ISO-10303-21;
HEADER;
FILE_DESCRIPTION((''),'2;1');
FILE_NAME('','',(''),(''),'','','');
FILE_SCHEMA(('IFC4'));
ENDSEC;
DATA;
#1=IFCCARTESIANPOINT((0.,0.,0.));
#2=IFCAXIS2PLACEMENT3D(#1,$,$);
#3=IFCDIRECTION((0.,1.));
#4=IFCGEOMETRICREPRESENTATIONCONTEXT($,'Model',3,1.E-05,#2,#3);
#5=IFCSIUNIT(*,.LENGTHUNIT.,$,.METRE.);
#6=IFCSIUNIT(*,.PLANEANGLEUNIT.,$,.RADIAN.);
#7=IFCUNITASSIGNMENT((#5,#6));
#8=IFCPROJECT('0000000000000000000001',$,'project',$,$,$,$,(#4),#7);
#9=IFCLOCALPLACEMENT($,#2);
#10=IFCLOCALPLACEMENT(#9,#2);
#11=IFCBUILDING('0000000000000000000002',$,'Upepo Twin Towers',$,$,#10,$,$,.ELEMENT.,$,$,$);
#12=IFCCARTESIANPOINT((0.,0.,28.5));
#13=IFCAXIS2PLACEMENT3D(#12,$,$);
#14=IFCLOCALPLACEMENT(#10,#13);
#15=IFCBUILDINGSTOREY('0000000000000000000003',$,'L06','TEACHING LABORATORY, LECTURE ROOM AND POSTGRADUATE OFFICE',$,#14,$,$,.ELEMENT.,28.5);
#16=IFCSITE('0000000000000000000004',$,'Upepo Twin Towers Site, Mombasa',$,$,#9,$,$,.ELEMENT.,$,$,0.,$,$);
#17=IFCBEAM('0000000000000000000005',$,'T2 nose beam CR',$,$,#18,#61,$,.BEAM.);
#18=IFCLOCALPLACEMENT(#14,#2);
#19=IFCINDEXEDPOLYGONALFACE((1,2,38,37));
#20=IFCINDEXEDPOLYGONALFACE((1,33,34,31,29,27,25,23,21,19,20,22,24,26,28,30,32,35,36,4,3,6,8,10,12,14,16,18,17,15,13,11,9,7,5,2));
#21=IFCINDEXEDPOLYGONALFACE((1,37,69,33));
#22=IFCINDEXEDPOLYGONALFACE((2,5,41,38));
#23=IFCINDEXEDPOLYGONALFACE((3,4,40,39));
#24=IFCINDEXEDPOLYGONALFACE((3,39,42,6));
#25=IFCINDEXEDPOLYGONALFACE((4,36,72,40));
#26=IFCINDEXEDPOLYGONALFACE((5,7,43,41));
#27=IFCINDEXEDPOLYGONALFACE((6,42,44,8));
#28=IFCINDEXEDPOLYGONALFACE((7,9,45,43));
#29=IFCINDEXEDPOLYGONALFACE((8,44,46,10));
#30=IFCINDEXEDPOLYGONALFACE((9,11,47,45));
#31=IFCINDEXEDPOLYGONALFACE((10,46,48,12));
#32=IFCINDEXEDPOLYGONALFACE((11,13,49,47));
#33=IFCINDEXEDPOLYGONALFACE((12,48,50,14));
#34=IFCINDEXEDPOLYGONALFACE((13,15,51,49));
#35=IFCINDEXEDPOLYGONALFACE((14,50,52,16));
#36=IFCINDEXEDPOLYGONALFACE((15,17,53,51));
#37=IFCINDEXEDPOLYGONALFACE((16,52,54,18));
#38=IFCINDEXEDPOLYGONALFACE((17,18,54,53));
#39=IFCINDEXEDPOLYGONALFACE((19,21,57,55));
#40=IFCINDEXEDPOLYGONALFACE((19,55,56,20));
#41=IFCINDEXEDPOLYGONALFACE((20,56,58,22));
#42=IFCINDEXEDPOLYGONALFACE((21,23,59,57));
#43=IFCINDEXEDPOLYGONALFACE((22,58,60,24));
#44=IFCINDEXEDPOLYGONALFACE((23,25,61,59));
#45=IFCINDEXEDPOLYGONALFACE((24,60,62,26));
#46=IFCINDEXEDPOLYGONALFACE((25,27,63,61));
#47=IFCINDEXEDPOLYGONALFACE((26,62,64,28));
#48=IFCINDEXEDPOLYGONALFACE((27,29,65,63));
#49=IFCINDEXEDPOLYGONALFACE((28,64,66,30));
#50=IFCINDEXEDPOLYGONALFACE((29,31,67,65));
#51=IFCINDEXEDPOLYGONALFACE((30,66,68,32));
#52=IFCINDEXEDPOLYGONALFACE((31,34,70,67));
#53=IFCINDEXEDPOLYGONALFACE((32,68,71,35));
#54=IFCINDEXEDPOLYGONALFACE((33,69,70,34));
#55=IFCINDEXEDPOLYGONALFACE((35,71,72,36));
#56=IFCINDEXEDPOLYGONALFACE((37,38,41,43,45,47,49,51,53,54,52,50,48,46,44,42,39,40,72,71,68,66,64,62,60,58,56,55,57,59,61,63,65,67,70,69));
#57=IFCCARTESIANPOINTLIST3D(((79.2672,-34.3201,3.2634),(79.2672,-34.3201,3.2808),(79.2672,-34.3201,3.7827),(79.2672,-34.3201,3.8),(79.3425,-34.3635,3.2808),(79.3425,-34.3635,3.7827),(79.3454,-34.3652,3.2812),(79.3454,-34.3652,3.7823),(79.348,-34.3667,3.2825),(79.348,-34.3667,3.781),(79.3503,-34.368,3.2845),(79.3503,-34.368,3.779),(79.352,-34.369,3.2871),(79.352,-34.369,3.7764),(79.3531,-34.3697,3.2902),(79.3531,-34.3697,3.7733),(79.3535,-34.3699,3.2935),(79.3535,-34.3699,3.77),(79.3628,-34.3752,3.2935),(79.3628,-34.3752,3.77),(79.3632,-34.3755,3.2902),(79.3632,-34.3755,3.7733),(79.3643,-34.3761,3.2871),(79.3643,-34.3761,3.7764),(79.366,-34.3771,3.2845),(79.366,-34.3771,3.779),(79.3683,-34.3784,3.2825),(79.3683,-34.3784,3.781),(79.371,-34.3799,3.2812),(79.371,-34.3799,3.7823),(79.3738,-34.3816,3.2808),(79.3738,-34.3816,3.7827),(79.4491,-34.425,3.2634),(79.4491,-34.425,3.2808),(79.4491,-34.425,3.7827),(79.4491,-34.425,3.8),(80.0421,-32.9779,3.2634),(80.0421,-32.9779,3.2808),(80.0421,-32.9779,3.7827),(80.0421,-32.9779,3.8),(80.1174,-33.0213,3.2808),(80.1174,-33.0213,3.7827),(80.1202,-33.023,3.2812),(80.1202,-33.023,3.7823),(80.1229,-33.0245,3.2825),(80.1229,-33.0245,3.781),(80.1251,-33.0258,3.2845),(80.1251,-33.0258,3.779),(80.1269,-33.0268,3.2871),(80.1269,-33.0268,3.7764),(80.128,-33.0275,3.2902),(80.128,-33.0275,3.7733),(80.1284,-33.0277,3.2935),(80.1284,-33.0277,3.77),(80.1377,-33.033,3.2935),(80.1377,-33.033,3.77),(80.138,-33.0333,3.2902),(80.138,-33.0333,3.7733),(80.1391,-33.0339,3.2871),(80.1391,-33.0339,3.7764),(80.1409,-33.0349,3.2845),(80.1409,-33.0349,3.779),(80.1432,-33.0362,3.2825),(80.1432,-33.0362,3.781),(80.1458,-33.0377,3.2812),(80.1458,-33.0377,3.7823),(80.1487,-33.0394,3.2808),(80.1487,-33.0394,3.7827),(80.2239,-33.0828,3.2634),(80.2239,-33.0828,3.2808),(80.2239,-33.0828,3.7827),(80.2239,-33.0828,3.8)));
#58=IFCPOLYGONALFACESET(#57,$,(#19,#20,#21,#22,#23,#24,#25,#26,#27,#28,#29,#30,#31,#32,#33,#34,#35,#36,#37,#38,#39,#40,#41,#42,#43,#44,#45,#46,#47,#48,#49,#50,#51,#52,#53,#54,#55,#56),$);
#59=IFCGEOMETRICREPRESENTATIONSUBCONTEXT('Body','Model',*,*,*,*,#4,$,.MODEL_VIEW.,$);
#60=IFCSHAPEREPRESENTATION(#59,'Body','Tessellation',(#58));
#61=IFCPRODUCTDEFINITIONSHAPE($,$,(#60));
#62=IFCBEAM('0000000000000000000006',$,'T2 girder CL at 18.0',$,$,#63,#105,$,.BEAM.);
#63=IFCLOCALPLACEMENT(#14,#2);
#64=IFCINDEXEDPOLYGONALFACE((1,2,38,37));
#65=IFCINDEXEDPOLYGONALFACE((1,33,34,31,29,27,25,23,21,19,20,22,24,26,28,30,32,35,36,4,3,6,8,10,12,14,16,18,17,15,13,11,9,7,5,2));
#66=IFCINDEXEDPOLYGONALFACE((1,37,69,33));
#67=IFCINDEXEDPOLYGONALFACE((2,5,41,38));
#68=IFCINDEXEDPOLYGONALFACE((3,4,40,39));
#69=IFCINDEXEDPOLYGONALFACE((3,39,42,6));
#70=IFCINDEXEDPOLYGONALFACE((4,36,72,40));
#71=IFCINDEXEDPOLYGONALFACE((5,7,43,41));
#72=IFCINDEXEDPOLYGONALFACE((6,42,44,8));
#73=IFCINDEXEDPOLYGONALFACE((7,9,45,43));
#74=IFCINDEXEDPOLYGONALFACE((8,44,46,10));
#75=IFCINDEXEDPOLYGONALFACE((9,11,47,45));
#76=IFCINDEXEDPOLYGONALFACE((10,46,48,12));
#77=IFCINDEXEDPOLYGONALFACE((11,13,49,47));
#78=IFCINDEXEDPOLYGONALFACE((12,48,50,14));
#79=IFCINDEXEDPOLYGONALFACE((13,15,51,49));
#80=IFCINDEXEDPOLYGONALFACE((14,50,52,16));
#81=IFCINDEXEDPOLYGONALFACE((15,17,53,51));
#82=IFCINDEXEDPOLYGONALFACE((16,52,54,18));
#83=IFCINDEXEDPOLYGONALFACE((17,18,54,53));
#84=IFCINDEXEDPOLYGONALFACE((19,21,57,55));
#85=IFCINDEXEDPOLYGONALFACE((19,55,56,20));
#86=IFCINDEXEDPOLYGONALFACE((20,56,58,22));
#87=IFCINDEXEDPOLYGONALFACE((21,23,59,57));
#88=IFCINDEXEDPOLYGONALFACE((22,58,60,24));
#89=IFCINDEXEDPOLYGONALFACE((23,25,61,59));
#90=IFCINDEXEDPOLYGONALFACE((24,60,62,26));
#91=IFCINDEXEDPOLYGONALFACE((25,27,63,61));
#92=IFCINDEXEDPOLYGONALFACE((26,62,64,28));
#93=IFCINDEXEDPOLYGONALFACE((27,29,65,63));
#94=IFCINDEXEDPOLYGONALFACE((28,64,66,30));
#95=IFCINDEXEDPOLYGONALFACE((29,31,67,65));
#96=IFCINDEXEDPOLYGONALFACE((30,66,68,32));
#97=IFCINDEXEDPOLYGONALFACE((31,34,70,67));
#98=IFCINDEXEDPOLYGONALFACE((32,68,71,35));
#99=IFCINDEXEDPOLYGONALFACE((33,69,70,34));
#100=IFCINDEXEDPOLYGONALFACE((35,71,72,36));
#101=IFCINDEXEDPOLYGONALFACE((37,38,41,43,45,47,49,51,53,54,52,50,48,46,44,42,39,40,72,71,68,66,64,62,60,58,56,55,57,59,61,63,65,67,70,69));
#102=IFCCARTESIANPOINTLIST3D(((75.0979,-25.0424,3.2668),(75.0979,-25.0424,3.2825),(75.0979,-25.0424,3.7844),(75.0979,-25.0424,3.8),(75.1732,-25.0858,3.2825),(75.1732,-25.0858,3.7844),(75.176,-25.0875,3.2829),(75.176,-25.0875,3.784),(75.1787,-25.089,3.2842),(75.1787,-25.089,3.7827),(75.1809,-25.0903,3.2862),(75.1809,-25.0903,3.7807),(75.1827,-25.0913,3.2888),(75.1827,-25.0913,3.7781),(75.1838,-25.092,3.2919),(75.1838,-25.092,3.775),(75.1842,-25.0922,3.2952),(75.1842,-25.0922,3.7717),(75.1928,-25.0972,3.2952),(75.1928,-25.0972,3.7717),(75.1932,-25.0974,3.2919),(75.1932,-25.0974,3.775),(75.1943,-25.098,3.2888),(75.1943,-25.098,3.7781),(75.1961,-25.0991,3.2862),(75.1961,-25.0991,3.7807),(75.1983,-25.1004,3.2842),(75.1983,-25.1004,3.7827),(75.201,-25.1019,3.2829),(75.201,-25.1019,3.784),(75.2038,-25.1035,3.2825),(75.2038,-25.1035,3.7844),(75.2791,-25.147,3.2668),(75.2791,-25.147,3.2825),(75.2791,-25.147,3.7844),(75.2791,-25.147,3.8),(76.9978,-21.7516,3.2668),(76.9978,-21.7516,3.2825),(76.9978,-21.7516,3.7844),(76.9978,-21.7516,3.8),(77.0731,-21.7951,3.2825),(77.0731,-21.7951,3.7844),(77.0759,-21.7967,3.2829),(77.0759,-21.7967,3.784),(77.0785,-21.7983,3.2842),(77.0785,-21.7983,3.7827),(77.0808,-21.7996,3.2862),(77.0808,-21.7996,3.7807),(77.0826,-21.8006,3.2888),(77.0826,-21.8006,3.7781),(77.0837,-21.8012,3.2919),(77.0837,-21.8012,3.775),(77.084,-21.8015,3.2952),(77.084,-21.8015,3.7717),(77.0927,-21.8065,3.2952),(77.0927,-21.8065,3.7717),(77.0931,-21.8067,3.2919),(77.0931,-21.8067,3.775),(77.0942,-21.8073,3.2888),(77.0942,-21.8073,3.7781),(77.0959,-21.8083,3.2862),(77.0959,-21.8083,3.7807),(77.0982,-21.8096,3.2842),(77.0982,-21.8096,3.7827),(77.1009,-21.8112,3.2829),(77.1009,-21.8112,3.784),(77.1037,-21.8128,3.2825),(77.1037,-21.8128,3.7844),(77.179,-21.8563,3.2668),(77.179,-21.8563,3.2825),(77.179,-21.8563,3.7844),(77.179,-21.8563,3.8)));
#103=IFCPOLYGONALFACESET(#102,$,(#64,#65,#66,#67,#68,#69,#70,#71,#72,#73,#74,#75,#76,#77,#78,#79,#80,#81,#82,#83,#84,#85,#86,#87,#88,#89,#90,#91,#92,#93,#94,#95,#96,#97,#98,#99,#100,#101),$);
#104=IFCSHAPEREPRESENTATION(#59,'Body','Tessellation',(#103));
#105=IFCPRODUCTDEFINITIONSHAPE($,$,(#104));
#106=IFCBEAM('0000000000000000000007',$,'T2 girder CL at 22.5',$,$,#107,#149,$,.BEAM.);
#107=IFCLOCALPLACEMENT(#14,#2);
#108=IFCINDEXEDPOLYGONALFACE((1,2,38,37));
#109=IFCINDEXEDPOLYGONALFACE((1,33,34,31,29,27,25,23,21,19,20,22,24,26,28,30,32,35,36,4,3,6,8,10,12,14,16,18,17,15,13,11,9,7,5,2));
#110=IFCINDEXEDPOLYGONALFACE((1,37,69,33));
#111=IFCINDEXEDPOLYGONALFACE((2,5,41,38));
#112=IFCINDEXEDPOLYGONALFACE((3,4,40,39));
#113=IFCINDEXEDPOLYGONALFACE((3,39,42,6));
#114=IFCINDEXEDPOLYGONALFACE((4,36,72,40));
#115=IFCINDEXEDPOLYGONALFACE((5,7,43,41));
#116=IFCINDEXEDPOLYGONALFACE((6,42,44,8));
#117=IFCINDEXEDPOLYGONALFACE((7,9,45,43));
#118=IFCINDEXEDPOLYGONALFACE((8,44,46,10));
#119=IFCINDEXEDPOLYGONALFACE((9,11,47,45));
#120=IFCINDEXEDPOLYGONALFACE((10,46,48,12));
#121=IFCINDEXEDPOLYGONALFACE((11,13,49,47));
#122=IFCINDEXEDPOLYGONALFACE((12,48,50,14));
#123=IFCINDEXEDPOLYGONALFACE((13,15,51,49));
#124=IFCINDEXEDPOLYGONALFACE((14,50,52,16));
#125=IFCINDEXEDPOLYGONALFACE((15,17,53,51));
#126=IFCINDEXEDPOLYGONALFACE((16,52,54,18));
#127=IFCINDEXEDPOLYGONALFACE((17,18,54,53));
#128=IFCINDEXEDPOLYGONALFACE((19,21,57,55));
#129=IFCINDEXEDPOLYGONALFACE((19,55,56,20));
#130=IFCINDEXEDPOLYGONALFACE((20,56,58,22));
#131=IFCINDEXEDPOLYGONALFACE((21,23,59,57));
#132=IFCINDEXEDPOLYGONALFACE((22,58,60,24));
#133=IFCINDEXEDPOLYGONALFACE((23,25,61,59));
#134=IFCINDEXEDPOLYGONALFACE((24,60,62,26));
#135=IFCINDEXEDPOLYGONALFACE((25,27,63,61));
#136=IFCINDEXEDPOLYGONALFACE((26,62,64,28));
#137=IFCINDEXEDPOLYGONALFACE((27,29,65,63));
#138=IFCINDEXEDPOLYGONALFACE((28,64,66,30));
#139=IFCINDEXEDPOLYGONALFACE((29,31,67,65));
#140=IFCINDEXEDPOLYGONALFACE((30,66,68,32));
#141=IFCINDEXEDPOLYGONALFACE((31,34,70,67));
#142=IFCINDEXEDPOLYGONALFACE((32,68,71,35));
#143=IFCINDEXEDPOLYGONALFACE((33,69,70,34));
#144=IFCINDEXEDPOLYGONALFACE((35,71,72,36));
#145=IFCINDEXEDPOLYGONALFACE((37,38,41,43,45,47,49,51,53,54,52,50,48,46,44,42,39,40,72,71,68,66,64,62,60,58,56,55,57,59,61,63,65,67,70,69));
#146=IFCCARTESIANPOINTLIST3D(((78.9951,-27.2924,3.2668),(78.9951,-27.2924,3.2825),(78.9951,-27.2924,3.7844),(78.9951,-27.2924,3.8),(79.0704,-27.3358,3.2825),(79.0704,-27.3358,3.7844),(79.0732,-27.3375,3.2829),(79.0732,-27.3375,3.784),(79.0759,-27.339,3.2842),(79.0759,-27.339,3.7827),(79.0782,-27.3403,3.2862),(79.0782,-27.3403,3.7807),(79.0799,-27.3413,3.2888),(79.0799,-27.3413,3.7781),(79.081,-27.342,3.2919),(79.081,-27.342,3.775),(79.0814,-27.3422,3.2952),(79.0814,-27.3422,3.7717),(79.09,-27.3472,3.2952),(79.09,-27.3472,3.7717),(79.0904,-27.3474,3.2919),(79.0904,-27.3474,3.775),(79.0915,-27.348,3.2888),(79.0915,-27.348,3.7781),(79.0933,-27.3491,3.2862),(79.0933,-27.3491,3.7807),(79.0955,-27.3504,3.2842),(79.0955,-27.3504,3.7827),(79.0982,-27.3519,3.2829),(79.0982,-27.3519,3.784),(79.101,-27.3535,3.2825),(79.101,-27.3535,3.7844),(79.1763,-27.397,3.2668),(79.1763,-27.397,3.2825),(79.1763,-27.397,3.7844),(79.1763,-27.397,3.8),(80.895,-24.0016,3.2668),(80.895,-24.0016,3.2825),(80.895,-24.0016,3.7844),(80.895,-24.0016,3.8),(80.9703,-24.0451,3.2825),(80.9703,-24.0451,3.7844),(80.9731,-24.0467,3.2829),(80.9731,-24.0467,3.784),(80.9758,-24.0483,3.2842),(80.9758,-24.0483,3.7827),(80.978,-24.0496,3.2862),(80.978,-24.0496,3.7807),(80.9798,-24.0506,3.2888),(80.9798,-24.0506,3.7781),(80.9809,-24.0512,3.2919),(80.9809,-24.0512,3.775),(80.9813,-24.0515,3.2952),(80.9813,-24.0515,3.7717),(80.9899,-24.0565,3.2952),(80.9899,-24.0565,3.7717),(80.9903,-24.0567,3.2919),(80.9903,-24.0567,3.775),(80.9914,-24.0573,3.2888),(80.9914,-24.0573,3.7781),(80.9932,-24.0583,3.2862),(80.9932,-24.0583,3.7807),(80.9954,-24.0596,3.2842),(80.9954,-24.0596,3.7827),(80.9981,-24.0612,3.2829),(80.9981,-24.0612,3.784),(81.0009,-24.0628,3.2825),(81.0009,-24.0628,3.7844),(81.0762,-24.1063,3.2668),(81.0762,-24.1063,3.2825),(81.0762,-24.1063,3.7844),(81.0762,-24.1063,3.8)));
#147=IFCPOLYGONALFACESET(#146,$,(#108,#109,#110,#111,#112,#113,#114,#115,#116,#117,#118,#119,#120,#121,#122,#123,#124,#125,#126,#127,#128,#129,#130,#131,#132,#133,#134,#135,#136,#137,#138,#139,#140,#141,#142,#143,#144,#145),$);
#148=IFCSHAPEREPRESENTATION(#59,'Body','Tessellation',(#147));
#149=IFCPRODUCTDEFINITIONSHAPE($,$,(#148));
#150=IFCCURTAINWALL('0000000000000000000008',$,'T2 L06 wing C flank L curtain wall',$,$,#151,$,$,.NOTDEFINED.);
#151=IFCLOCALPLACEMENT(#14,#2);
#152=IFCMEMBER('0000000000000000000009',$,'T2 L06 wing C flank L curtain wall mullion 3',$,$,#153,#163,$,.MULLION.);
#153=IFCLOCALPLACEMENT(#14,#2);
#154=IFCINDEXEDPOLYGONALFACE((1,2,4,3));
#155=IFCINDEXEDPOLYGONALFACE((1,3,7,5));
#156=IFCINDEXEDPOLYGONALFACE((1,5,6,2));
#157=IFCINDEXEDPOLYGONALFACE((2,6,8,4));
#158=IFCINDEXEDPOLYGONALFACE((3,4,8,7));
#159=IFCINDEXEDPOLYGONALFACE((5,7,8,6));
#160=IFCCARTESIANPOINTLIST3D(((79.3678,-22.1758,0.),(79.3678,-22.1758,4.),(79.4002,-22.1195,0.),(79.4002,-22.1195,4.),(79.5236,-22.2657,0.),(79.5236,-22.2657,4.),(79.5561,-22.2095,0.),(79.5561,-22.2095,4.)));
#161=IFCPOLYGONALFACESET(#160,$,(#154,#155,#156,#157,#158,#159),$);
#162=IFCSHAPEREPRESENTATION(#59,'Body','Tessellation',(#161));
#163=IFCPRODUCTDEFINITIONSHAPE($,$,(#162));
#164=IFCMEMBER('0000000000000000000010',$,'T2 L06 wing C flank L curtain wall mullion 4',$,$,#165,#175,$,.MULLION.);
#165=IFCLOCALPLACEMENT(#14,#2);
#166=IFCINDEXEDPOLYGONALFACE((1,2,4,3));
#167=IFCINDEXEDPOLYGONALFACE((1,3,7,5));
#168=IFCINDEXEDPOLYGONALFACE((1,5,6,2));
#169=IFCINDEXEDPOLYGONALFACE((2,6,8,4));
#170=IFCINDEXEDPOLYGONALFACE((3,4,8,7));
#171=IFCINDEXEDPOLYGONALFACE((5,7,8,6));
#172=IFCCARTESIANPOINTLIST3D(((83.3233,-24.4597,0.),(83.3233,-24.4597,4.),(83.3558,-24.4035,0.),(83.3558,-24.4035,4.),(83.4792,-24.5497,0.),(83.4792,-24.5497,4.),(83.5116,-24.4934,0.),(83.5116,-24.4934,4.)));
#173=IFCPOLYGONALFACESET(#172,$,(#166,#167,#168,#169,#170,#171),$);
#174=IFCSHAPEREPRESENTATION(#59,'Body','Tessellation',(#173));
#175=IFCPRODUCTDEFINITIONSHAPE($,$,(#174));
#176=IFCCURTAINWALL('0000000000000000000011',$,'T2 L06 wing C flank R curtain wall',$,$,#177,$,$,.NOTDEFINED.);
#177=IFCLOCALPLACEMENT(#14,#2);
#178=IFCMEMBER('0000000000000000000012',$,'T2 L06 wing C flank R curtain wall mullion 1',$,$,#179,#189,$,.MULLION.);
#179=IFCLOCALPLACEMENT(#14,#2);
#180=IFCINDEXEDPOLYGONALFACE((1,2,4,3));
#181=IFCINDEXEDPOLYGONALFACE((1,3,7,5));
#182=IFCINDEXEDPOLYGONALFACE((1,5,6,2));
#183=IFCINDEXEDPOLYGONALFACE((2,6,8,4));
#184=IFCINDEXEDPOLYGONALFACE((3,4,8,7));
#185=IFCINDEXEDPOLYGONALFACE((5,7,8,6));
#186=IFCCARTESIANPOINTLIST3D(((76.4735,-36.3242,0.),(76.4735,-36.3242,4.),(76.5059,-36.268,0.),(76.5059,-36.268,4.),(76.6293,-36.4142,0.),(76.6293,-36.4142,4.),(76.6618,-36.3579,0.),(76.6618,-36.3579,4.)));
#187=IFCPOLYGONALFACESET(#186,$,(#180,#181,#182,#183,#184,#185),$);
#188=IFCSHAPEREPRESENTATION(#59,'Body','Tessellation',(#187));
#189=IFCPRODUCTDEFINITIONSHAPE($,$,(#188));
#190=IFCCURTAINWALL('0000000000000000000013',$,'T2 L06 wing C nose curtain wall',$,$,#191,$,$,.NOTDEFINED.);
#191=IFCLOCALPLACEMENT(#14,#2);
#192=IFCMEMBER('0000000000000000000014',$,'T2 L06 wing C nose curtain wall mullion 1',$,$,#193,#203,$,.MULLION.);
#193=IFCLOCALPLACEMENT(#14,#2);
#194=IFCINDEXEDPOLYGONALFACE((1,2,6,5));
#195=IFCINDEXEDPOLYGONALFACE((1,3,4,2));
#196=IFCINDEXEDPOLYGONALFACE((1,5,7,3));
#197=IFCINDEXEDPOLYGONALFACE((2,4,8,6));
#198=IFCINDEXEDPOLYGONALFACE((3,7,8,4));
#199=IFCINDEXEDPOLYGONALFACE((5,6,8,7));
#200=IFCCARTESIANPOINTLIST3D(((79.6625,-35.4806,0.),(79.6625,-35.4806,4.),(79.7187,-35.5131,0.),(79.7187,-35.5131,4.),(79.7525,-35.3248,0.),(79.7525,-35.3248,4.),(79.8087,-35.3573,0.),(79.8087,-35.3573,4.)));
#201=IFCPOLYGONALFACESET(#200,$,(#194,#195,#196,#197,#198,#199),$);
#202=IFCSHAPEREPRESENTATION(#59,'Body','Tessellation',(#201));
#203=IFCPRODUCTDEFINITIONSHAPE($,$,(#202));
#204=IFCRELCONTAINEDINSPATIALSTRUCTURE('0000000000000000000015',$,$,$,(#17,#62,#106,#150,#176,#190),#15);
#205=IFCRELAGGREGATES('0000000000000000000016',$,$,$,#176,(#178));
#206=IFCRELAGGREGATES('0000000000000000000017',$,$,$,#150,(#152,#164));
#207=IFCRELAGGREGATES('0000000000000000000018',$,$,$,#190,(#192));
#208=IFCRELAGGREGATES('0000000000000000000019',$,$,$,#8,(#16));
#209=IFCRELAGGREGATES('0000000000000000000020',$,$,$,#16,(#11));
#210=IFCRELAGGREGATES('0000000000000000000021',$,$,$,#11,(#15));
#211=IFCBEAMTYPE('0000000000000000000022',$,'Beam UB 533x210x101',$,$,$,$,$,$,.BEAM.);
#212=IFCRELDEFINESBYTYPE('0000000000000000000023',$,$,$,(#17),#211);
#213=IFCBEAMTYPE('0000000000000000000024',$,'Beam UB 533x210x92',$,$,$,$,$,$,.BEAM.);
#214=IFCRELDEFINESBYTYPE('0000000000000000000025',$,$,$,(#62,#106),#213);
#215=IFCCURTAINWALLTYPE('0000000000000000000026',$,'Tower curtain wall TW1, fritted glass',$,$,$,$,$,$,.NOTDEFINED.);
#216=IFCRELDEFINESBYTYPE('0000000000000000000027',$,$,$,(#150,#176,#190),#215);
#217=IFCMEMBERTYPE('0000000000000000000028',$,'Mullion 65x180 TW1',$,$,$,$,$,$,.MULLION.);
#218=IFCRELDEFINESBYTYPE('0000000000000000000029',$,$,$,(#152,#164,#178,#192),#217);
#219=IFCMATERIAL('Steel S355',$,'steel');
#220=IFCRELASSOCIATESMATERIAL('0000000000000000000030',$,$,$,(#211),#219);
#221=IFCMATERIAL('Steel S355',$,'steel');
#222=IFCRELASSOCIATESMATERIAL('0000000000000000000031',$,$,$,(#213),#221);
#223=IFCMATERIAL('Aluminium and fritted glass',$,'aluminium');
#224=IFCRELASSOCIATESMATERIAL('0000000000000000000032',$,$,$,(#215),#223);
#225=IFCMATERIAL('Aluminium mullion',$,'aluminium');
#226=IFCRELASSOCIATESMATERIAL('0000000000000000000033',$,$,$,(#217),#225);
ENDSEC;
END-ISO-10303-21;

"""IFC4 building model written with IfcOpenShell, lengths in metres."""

from ifc_helpers import new_model, si_unit, direction, frame, origin, origin_2d, place, context, subcontext, project, spatial, rectangle, i_section, extrude, material, material_profile, profile_set, type_object, element, aggregate, save


model = new_model("IFC4")

# Units and contexts
model_context = context("Model", 3, precision=1e-05, world=origin(), true_north=direction((0.0, 1.0)))
body_context = subcontext(model_context, "Body", "Model", "MODEL_VIEW")
ifc_project = project(units=[si_unit("LENGTHUNIT", "METRE"), si_unit("PLANEANGLEUNIT", "RADIAN")], contexts=[model_context])

# Site, building, storey
site_placement = place(None, origin())
site = spatial("IfcSite", under=ifc_project, at=site_placement, Name="Upepo Twin Towers Site, Mombasa", CompositionType="ELEMENT", RefElevation=0.0)
building_placement = place(site_placement, origin())
building = spatial("IfcBuilding", under=site, at=building_placement, Name="Upepo Twin Towers", CompositionType="ELEMENT")
storey_placement = place(building_placement, frame((0.0, 0.0, 28.5)))
storey = spatial("IfcBuildingStorey", under=building, at=storey_placement, Name="L06", Description="TEACHING LABORATORY, LECTURE ROOM AND POSTGRADUATE OFFICE", CompositionType="ELEMENT", Elevation=28.5)

# Beams
ifc_material_1 = material(Name="Steel S355", Category="steel")
ifc_material_profile_1 = material_profile(ifc_material_1, i_section(OverallWidth=0.21, OverallDepth=0.5366, WebThickness=0.0107, FlangeThickness=0.0173, FilletRadius=0.0127, at=origin_2d()), Name="UB 533x210x101")
ifc_profile_set_1 = profile_set([ifc_material_profile_1], Name="Steel S355")
beam_type_1 = type_object("IfcBeamType", Name="Beam UB 533x210x101", PredefinedType="BEAM", material=ifc_profile_set_1)
for number, where, z_axis, x_axis, name in (
    (1, (79.3582, -34.3726, 3.5317), (0.499968, 0.866044, 0.0), (-0.866044, 0.499968, 0.0), "T2 nose beam CR"),
):
    element("IfcBeam", number, at=place(storey_placement, frame(where, z_axis=z_axis, x_axis=x_axis)), inside=storey, type_object=beam_type_1, Name=name, PredefinedType="BEAM", context=body_context, shape_type="SweptSolid", body=[
        extrude(i_section(OverallWidth=0.21, OverallDepth=0.5366, WebThickness=0.0107, FlangeThickness=0.0173, FilletRadius=0.0127, at=origin_2d()), origin(), (0.0, 0.0, 1.0), 1.5498),
    ])
ifc_material_2 = material(Name="Steel S355", Category="steel")
ifc_material_profile_2 = material_profile(ifc_material_2, i_section(OverallWidth=0.2092, OverallDepth=0.5332, WebThickness=0.01, FlangeThickness=0.0156, FilletRadius=0.0127, at=origin_2d()), Name="UB 533x210x92")
ifc_profile_set_2 = profile_set([ifc_material_profile_2], Name="Steel S355")
beam_type_2 = type_object("IfcBeamType", Name="Beam UB 533x210x92", PredefinedType="BEAM", material=ifc_profile_set_2)
for number, where, z_axis, x_axis, name in (
    (2, (77.0884, -21.804, 3.5334), (-0.499995, -0.866028, 0.0), (0.866028, -0.499995, 0.0), "T2 girder CL at 18.0"),
    (3, (80.9856, -24.054, 3.5334), (-0.499995, -0.866028, 0.0), (0.866028, -0.499995, 0.0), "T2 girder CL at 22.5"),
):
    element("IfcBeam", number, at=place(storey_placement, frame(where, z_axis=z_axis, x_axis=x_axis)), inside=storey, type_object=beam_type_2, Name=name, PredefinedType="BEAM", context=body_context, shape_type="SweptSolid", body=[
        extrude(i_section(OverallWidth=0.2092, OverallDepth=0.5332, WebThickness=0.01, FlangeThickness=0.0156, FilletRadius=0.0127, at=origin_2d()), origin(), (0.0, 0.0, 1.0), 3.7998),
    ])

# Curtain wall, members
ifc_material_3 = material(Name="Aluminium and fritted glass", Category="aluminium")
curtain_wall_type = type_object("IfcCurtainWallType", Name="Tower curtain wall TW1, fritted glass", PredefinedType="NOTDEFINED", material=ifc_material_3)
curtain_wall_1_placement = place(storey_placement, origin())
curtain_wall_1 = element("IfcCurtainWall", 4, at=curtain_wall_1_placement, inside=storey, type_object=curtain_wall_type, Name="T2 L06 wing C flank L curtain wall", PredefinedType="NOTDEFINED")
ifc_material_4 = material(Name="Aluminium mullion", Category="aluminium")
ifc_material_profile_3 = material_profile(ifc_material_4, rectangle(XDim=0.0649, YDim=0.1799, at=origin_2d()), Name="MULLION 65x180")
ifc_profile_set_3 = profile_set([ifc_material_profile_3], Name="Aluminium mullion")
member_type_1 = type_object("IfcMemberType", Name="Mullion 65x180 TW1", PredefinedType="MULLION", material=ifc_profile_set_3)
member_1_placement = place(storey_placement, frame((79.4619, -22.1926, 0.0), z_axis=(0.0, 0.0, 1.0), x_axis=(0.5, 0.866025, 0.0)))
member_1 = element("IfcMember", 5, at=member_1_placement, type_object=member_type_1, Name="T2 L06 wing C flank L curtain wall mullion 3", PredefinedType="MULLION", context=body_context, shape_type="SweptSolid", body=[
    extrude(rectangle(XDim=0.0649, YDim=0.1799, at=origin_2d()), origin(), (0.0, 0.0, 1.0), 4.0),
])
member_2_placement = place(storey_placement, frame((83.4175, -24.4766, 0.0), z_axis=(0.0, 0.0, 1.0), x_axis=(0.5, 0.866025, 0.0)))
member_2 = element("IfcMember", 6, at=member_2_placement, type_object=member_type_1, Name="T2 L06 wing C flank L curtain wall mullion 4", PredefinedType="MULLION", context=body_context, shape_type="SweptSolid", body=[
    extrude(rectangle(XDim=0.0649, YDim=0.1799, at=origin_2d()), origin(), (0.0, 0.0, 1.0), 4.0),
])

# Curtain wall, member
curtain_wall_2_placement = place(storey_placement, origin())
curtain_wall_2 = element("IfcCurtainWall", 7, at=curtain_wall_2_placement, inside=storey, type_object=curtain_wall_type, Name="T2 L06 wing C flank R curtain wall", PredefinedType="NOTDEFINED")
member_3_placement = place(storey_placement, frame((76.5676, -36.3411, 0.0), z_axis=(0.0, 0.0, 1.0), x_axis=(-0.5, -0.866025, 0.0)))
member_3 = element("IfcMember", 8, at=member_3_placement, type_object=member_type_1, Name="T2 L06 wing C flank R curtain wall mullion 1", PredefinedType="MULLION", context=body_context, shape_type="SweptSolid", body=[
    extrude(rectangle(XDim=0.0649, YDim=0.1799, at=origin_2d()), origin(), (0.0, 0.0, 1.0), 4.0),
])
aggregate(curtain_wall_2, [member_3])

# Curtain wall, member
curtain_wall_3_placement = place(storey_placement, origin())
curtain_wall_3 = element("IfcCurtainWall", 9, at=curtain_wall_3_placement, inside=storey, type_object=curtain_wall_type, Name="T2 L06 wing C nose curtain wall", PredefinedType="NOTDEFINED")
member_4_placement = place(storey_placement, frame((79.7356, -35.4189, 0.0), z_axis=(0.0, 0.0, 1.0), x_axis=(-0.866025, 0.5, 0.0)))
member_4 = element("IfcMember", 10, at=member_4_placement, type_object=member_type_1, Name="T2 L06 wing C nose curtain wall mullion 1", PredefinedType="MULLION", context=body_context, shape_type="SweptSolid", body=[
    extrude(rectangle(XDim=0.0649, YDim=0.1799, at=origin_2d()), origin(), (0.0, 0.0, 1.0), 4.0),
])

aggregate(curtain_wall_1, [member_1, member_2])
aggregate(curtain_wall_3, [member_4])

save(model, "model.ifc")
